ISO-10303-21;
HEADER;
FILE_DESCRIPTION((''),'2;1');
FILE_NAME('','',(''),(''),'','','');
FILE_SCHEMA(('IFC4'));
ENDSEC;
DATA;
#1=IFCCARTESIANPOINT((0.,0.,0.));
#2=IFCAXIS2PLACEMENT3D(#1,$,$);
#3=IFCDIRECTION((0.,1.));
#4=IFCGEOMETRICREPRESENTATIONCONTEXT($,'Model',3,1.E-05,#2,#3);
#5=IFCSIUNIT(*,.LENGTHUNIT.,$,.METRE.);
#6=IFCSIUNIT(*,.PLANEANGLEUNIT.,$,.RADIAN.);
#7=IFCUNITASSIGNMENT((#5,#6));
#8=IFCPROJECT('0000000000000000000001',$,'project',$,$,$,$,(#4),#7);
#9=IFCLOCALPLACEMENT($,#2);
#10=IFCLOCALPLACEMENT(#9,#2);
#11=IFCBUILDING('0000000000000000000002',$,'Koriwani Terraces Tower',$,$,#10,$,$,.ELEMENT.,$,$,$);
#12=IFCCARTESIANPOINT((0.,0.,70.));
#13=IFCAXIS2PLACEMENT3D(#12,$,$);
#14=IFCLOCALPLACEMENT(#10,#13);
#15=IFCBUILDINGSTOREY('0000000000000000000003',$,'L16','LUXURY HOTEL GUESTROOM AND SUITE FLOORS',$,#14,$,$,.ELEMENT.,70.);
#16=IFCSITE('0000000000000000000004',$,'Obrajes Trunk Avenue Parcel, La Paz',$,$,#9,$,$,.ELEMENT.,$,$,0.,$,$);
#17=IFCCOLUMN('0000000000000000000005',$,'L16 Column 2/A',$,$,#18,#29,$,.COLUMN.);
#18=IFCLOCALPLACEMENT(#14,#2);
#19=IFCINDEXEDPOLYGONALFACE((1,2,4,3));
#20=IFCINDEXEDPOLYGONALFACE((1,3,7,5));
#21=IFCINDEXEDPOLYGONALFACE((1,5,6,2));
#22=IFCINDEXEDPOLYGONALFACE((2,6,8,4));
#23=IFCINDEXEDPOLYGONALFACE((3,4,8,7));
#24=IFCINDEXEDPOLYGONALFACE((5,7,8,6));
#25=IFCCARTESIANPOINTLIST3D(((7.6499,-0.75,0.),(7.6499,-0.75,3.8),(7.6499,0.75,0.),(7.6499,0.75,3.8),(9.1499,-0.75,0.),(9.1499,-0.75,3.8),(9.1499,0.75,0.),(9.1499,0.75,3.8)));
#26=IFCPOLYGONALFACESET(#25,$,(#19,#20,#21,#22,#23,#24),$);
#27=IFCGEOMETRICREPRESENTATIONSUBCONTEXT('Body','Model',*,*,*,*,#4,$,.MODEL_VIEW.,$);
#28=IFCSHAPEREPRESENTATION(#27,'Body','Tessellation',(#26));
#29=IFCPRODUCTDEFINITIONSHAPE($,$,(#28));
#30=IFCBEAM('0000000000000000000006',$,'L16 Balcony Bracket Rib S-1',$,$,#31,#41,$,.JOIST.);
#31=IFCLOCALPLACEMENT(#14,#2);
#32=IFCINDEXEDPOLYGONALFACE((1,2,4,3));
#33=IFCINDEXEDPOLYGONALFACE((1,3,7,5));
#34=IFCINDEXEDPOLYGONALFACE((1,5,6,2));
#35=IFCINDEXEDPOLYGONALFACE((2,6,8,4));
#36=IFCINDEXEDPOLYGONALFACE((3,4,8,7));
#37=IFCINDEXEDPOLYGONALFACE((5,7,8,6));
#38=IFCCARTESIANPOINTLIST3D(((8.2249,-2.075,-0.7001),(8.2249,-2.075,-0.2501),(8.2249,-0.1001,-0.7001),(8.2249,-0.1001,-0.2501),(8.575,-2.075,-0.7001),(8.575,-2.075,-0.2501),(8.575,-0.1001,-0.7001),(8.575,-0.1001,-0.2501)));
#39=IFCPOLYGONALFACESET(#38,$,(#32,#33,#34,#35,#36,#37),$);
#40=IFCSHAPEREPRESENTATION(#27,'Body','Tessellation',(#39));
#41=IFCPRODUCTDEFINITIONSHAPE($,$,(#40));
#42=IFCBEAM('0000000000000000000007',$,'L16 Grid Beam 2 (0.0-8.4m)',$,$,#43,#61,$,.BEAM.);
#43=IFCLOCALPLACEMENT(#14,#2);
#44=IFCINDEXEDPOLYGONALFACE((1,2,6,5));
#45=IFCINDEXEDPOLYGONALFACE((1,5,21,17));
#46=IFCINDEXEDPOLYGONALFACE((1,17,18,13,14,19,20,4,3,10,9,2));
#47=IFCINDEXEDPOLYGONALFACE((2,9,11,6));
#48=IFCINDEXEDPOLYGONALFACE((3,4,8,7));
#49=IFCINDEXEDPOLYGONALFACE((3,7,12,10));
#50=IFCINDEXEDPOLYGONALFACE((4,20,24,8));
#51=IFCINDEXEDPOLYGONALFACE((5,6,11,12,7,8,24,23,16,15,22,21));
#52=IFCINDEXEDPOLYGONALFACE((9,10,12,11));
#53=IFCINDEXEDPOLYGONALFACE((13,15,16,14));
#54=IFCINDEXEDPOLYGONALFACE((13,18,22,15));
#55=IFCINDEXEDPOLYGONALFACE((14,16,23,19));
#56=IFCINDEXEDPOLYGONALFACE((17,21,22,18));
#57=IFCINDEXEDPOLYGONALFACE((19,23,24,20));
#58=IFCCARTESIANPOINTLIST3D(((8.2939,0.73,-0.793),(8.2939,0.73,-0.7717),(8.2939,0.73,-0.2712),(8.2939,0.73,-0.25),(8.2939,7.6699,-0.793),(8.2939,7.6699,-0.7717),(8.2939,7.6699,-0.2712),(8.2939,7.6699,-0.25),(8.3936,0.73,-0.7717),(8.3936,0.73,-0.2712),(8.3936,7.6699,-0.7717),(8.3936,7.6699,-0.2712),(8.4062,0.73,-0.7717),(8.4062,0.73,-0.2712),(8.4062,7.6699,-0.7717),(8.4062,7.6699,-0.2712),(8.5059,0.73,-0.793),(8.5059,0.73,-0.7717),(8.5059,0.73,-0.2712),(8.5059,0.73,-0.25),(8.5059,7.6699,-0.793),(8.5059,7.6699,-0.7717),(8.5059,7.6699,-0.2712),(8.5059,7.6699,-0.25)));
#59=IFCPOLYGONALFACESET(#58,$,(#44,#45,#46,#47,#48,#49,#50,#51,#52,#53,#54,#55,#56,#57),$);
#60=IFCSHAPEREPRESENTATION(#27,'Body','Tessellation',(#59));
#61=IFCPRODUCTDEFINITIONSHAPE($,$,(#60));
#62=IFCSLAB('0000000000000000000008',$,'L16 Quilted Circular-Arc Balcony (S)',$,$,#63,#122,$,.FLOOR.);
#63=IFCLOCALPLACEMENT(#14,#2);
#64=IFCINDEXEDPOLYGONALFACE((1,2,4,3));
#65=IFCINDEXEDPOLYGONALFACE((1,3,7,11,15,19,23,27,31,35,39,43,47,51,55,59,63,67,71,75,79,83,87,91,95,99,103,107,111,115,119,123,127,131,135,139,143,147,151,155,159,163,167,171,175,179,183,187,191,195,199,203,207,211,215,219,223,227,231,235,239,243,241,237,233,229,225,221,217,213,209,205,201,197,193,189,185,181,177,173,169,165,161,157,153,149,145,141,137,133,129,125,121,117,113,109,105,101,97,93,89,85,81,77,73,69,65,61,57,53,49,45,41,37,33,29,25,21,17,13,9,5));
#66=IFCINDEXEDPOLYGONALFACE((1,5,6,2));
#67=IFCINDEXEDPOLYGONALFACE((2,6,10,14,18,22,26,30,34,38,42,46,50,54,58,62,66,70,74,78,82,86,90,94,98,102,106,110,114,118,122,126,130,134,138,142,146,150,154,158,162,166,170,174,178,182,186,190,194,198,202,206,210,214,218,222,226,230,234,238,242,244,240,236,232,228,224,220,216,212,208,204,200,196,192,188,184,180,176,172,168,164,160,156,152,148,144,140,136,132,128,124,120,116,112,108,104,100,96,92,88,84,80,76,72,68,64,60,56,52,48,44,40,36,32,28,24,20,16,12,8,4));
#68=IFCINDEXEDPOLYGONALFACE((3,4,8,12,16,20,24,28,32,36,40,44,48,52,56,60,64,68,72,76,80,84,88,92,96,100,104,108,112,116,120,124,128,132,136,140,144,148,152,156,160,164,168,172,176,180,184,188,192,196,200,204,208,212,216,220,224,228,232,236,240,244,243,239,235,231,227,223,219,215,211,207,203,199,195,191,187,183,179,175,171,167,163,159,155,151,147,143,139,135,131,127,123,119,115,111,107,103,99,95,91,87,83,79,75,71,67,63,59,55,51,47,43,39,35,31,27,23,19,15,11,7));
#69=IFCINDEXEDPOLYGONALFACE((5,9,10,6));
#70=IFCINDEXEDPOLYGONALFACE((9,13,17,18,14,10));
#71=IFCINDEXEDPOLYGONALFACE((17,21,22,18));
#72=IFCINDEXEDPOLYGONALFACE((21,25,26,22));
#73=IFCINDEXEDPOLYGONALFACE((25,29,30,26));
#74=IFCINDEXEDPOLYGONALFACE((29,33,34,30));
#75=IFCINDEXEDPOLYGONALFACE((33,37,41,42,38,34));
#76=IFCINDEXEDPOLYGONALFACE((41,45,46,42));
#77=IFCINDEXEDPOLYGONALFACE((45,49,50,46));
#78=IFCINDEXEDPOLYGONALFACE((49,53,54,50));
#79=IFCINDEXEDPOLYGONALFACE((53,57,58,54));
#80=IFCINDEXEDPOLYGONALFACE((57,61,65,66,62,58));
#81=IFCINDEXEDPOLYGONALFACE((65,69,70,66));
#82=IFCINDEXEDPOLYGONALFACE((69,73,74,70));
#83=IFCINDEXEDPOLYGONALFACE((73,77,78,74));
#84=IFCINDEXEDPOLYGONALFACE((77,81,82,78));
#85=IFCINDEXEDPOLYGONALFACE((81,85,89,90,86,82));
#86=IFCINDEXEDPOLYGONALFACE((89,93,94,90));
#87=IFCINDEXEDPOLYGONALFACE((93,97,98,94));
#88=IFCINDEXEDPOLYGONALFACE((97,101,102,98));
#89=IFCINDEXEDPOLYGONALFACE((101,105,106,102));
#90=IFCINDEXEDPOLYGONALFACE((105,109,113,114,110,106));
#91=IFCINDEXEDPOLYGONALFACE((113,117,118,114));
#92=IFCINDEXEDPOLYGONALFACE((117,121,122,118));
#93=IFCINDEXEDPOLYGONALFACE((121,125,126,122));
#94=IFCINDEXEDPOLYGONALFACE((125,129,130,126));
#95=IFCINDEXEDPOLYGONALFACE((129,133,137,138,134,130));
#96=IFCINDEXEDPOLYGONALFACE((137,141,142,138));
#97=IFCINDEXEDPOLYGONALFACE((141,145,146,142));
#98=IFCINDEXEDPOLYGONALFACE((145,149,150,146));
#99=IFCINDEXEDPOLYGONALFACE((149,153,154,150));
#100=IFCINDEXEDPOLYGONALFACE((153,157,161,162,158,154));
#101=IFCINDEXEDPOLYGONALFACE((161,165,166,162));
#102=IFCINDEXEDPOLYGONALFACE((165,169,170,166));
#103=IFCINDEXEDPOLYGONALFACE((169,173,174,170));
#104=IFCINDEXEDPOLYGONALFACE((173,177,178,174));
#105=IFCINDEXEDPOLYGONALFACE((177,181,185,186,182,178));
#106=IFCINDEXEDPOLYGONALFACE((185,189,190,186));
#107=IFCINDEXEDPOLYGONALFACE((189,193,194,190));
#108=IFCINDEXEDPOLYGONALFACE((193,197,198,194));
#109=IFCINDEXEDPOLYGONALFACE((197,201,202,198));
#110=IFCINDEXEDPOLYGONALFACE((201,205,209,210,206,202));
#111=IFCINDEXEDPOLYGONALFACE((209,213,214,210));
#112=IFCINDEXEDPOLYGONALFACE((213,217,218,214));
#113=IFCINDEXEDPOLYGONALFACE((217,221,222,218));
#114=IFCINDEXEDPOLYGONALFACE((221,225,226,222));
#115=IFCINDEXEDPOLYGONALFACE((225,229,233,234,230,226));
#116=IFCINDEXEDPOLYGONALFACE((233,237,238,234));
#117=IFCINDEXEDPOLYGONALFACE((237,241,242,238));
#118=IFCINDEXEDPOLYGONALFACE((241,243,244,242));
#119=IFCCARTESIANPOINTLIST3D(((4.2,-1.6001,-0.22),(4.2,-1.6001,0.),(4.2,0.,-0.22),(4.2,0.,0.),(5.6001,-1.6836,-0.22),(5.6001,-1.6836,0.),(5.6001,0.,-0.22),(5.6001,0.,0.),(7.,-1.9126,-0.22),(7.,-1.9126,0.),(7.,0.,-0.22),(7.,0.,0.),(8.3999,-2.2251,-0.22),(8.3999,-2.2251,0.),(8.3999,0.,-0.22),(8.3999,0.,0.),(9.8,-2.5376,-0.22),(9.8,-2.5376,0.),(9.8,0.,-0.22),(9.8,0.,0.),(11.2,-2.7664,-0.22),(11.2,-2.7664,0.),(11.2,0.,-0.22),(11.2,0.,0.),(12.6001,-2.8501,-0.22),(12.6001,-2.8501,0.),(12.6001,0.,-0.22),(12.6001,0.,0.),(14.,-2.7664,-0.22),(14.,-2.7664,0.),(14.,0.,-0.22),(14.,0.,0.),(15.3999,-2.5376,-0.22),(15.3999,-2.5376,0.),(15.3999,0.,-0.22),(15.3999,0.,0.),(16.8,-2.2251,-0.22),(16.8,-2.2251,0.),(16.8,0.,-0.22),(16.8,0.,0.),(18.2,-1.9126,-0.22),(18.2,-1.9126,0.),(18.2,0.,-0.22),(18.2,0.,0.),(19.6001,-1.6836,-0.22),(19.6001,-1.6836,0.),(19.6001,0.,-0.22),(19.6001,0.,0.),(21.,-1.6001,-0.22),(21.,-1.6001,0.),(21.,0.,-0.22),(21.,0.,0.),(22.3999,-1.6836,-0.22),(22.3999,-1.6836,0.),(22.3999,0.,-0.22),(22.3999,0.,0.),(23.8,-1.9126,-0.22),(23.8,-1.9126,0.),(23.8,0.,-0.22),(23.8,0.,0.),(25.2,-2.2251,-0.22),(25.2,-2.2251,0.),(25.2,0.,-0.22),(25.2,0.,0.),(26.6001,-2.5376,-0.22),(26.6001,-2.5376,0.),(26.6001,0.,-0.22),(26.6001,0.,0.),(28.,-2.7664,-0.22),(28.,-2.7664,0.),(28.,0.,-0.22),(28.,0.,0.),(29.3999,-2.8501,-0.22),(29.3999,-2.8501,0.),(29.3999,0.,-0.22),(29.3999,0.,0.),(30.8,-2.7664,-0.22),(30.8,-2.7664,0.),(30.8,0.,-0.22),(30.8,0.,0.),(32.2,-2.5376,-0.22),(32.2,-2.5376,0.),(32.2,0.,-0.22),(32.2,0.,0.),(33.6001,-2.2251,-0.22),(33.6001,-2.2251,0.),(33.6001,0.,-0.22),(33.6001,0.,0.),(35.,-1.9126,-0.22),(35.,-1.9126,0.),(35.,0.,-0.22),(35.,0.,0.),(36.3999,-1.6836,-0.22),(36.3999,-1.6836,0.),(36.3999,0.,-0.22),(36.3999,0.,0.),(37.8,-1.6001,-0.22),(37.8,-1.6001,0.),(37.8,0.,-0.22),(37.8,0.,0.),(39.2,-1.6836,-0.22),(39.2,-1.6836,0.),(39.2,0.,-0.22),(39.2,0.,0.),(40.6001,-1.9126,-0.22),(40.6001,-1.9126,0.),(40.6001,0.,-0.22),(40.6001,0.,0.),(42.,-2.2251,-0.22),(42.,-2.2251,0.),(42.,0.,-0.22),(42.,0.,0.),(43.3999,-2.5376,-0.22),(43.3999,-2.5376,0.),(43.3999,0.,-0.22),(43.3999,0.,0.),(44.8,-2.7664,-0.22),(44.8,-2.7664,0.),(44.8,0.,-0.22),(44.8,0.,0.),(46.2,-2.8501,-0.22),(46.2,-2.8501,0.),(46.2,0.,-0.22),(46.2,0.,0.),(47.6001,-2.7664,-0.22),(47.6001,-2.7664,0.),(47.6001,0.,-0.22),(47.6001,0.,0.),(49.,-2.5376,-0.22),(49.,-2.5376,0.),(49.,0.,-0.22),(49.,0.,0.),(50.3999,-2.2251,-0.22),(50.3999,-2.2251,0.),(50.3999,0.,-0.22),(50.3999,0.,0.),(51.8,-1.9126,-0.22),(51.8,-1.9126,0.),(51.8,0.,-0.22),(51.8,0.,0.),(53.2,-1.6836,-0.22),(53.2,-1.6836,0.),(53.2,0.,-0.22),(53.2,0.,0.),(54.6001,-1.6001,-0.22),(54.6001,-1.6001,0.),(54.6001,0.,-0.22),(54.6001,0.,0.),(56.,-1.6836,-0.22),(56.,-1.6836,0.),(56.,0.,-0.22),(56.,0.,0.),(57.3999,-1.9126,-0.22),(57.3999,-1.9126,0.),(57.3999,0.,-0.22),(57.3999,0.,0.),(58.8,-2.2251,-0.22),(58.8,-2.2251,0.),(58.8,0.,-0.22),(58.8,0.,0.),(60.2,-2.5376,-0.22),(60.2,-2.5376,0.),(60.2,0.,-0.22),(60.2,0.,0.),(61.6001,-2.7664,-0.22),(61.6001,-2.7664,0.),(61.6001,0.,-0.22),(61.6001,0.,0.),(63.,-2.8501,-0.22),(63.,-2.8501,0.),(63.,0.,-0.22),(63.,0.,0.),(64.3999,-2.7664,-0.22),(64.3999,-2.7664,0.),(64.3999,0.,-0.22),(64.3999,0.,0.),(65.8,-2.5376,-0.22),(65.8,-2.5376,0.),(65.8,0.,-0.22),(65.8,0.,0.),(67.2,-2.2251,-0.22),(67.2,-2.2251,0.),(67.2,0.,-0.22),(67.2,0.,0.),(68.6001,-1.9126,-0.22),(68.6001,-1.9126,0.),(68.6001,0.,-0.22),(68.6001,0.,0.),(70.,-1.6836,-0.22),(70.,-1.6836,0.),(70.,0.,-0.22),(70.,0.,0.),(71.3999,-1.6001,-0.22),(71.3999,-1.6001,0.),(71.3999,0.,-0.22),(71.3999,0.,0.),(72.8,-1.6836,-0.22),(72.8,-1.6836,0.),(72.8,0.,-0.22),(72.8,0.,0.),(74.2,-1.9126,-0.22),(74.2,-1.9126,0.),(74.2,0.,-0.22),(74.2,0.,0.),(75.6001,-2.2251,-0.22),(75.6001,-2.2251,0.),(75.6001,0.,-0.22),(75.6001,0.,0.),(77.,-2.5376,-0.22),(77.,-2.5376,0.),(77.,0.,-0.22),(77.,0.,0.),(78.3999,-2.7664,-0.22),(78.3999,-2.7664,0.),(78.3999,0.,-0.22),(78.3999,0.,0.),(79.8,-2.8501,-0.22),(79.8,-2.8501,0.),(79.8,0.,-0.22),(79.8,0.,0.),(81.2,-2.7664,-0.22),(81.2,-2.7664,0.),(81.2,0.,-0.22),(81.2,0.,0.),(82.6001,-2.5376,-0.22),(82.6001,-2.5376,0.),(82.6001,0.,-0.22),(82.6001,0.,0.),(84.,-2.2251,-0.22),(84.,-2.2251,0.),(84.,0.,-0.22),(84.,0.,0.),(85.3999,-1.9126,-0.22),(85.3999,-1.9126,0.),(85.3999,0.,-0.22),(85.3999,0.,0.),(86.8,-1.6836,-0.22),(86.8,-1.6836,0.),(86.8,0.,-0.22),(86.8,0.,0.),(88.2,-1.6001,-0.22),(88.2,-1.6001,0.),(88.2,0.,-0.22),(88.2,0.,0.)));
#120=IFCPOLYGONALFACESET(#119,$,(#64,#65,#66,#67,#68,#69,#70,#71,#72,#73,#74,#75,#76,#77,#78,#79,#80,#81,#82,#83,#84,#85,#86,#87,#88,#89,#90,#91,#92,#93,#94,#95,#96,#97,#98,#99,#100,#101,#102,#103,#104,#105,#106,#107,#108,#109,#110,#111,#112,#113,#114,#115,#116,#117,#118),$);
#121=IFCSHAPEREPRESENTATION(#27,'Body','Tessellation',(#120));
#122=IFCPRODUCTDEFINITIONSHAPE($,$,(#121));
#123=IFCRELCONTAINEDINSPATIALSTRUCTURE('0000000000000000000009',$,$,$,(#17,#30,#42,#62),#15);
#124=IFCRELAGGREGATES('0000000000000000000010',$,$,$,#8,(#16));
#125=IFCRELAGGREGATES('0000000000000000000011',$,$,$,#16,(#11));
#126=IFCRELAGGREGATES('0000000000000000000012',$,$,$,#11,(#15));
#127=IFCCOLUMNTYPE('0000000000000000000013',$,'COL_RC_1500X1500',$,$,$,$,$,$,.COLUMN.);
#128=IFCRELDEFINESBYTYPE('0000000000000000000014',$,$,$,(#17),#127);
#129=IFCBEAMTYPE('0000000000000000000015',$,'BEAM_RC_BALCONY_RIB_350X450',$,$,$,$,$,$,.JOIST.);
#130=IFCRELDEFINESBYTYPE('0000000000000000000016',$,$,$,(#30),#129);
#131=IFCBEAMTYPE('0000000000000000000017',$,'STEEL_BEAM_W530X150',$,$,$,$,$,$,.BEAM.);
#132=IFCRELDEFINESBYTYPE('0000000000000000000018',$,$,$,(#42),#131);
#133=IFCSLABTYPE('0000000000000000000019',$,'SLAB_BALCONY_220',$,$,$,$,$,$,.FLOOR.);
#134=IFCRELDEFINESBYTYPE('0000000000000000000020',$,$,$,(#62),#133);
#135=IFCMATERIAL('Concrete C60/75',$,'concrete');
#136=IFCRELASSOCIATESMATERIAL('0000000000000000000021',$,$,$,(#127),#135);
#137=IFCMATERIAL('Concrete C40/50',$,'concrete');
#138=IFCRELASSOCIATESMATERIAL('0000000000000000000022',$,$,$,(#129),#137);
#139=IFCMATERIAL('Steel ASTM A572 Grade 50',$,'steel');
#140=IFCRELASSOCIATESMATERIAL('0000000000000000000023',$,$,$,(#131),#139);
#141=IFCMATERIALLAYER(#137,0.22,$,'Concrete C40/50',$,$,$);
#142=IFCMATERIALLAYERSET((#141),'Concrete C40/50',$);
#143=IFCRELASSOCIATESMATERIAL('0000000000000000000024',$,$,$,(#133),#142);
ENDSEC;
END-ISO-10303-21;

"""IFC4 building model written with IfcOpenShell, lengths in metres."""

from ifc_helpers import new_model, si_unit, direction, frame, origin, origin_2d, place, context, subcontext, project, spatial, polyline, rectangle, i_section, outline, extrude, material, layer, layer_set, material_profile, profile_set, type_object, element, save


model = new_model("IFC4")

# Units and contexts
model_context = context("Model", 3, precision=1e-05, world=origin(), true_north=direction((0.0, 1.0)))
body_context = subcontext(model_context, "Body", "Model", "MODEL_VIEW")
ifc_project = project(units=[si_unit("LENGTHUNIT", "METRE"), si_unit("PLANEANGLEUNIT", "RADIAN")], contexts=[model_context])

# Site, building, storey
site_placement = place(None, origin())
site = spatial("IfcSite", under=ifc_project, at=site_placement, Name="Obrajes Trunk Avenue Parcel, La Paz", CompositionType="ELEMENT", RefElevation=0.0)
building_placement = place(site_placement, origin())
building = spatial("IfcBuilding", under=site, at=building_placement, Name="Koriwani Terraces Tower", CompositionType="ELEMENT")
storey_placement = place(building_placement, frame((0.0, 0.0, 70.0)))
storey = spatial("IfcBuildingStorey", under=building, at=storey_placement, Name="L16", Description="LUXURY HOTEL GUESTROOM AND SUITE FLOORS", CompositionType="ELEMENT", Elevation=70.0)

# Column
ifc_material_1 = material(Name="Concrete C60/75", Category="concrete")
ifc_material_profile_1 = material_profile(ifc_material_1, rectangle(XDim=1.5, YDim=1.5, at=origin_2d()), Name="Concrete C60/75", Category="LoadBearing")
ifc_profile_set_1 = profile_set([ifc_material_profile_1], Name="Concrete C60/75")
column_type = type_object("IfcColumnType", Name="COL_RC_1500X1500", PredefinedType="COLUMN", material=ifc_profile_set_1)
column_placement = place(storey_placement, frame((8.3999, 0.0, 0.0), z_axis=(0.0, 0.0, 1.0), x_axis=(1.0, 0.0, 0.0)))
element("IfcColumn", 1, at=column_placement, inside=storey, type_object=column_type, Name="L16 Column 2/A", PredefinedType="COLUMN", context=body_context, shape_type="SweptSolid", body=[
    extrude(rectangle(XDim=1.5, YDim=1.5, at=origin_2d()), origin(), (0.0, 0.0, 1.0), 3.8),
])

# Beams
ifc_material_2 = material(Name="Concrete C40/50", Category="concrete")
ifc_material_profile_2 = material_profile(ifc_material_2, rectangle(XDim=0.3501, YDim=0.45, at=origin_2d()), Name="Concrete C40/50", Category="LoadBearing")
ifc_profile_set_2 = profile_set([ifc_material_profile_2], Name="Concrete C40/50")
beam_type_1 = type_object("IfcBeamType", Name="BEAM_RC_BALCONY_RIB_350X450", PredefinedType="JOIST", material=ifc_profile_set_2)
beam_1_placement = place(storey_placement, frame((8.3999, -2.075, -0.4751), z_axis=(0.0, 1.0, 0.0), x_axis=(-1.0, 0.0, 0.0)))
element("IfcBeam", 2, at=beam_1_placement, inside=storey, type_object=beam_type_1, Name="L16 Balcony Bracket Rib S-1", PredefinedType="JOIST", context=body_context, shape_type="SweptSolid", body=[
    extrude(rectangle(XDim=0.3501, YDim=0.45, at=origin_2d()), origin(), (0.0, 0.0, 1.0), 1.9749),
])
ifc_material_3 = material(Name="Steel ASTM A572 Grade 50", Category="steel")
ifc_material_profile_3 = material_profile(ifc_material_3, i_section(OverallWidth=0.2119, OverallDepth=0.543, WebThickness=0.0127, FlangeThickness=0.0212, at=origin_2d()), Name="Steel ASTM A572 Grade 50", Category="LoadBearing")
ifc_profile_set_3 = profile_set([ifc_material_profile_3], Name="Steel ASTM A572 Grade 50")
beam_type_2 = type_object("IfcBeamType", Name="STEEL_BEAM_W530X150", PredefinedType="BEAM", material=ifc_profile_set_3)
beam_2_placement = place(storey_placement, frame((8.3999, 0.73, -0.5215), z_axis=(0.0, 1.0, 0.0), x_axis=(-1.0, 0.0, 0.0)))
element("IfcBeam", 3, at=beam_2_placement, inside=storey, type_object=beam_type_2, Name="L16 Grid Beam 2 (0.0-8.4m)", PredefinedType="BEAM", context=body_context, shape_type="SweptSolid", body=[
    extrude(i_section(OverallWidth=0.2119, OverallDepth=0.543, WebThickness=0.0127, FlangeThickness=0.0212, at=origin_2d()), origin(), (0.0, 0.0, 1.0), 6.9399),
])

# Slab
ifc_layer_1 = layer(ifc_material_2, 0.22, Name="Concrete C40/50")
ifc_layer_set_1 = layer_set([ifc_layer_1], Name="Concrete C40/50")
slab_type_1 = type_object("IfcSlabType", Name="SLAB_BALCONY_220", PredefinedType="FLOOR", material=ifc_layer_set_1)
slab_1_placement = place(storey_placement, frame((0.0, 0.0, -0.22)))
element("IfcSlab", 4, at=slab_1_placement, inside=storey, type_object=slab_type_1, Name="L16 Quilted Circular-Arc Balcony (S)", PredefinedType="FLOOR", context=body_context, shape_type="SweptSolid", body=[
    extrude(outline(polyline([(4.2, 0.0), (5.6001, 0.0), (7.0, 0.0), (8.3999, 0.0), (9.8, 0.0), (11.2, 0.0), (12.6001, 0.0), (14.0, 0.0), (15.3999, 0.0), (16.8, 0.0), (18.2, 0.0), (19.6001, 0.0), (21.0, 0.0), (22.3999, 0.0), (23.8, 0.0), (25.2, 0.0), (26.6001, 0.0), (28.0, 0.0), (29.3999, 0.0), (30.8, 0.0), (32.2, 0.0), (33.6001, 0.0), (35.0, 0.0), (36.3999, 0.0), (37.8, 0.0), (39.2, 0.0), (40.6001, 0.0), (42.0, 0.0), (43.3999, 0.0), (44.8, 0.0), (46.2, 0.0), (47.6001, 0.0), (49.0, 0.0), (50.3999, 0.0), (51.8, 0.0), (53.2, 0.0), (54.6001, 0.0), (56.0, 0.0), (57.3999, 0.0), (58.8, 0.0), (60.2, 0.0), (61.6001, 0.0), (63.0, 0.0), (64.3999, 0.0), (65.8, 0.0), (67.2, 0.0), (68.6001, 0.0), (70.0, 0.0), (71.3999, 0.0), (72.8, 0.0), (74.2, 0.0), (75.6001, 0.0), (77.0, 0.0), (78.3999, 0.0), (79.8, 0.0), (81.2, 0.0), (82.6001, 0.0), (84.0, 0.0), (85.3999, 0.0), (86.8, 0.0), (88.2, 0.0), (88.2, -1.6001), (86.8, -1.6836), (85.3999, -1.9126), (84.0, -2.2251), (82.6001, -2.5376), (81.2, -2.7664), (79.8, -2.8501), (78.3999, -2.7664), (77.0, -2.5376), (75.6001, -2.2251), (74.2, -1.9126), (72.8, -1.6836), (71.3999, -1.6001), (70.0, -1.6836), (68.6001, -1.9126), (67.2, -2.2251), (65.8, -2.5376), (64.3999, -2.7664), (63.0, -2.8501), (61.6001, -2.7664), (60.2, -2.5376), (58.8, -2.2251), (57.3999, -1.9126), (56.0, -1.6836), (54.6001, -1.6001), (53.2, -1.6836), (51.8, -1.9126), (50.3999, -2.2251), (49.0, -2.5376), (47.6001, -2.7664), (46.2, -2.8501), (44.8, -2.7664), (43.3999, -2.5376), (42.0, -2.2251), (40.6001, -1.9126), (39.2, -1.6836), (37.8, -1.6001), (36.3999, -1.6836), (35.0, -1.9126), (33.6001, -2.2251), (32.2, -2.5376), (30.8, -2.7664), (29.3999, -2.8501), (28.0, -2.7664), (26.6001, -2.5376), (25.2, -2.2251), (23.8, -1.9126), (22.3999, -1.6836), (21.0, -1.6001), (19.6001, -1.6836), (18.2, -1.9126), (16.8, -2.2251), (15.3999, -2.5376), (14.0, -2.7664), (12.6001, -2.8501), (11.2, -2.7664), (9.8, -2.5376), (8.3999, -2.2251), (7.0, -1.9126), (5.6001, -1.6836), (4.2, -1.6001), (4.2, 0.0)])), origin(), (0.0, 0.0, 1.0), 0.22),
])

save(model, "model.ifc")
